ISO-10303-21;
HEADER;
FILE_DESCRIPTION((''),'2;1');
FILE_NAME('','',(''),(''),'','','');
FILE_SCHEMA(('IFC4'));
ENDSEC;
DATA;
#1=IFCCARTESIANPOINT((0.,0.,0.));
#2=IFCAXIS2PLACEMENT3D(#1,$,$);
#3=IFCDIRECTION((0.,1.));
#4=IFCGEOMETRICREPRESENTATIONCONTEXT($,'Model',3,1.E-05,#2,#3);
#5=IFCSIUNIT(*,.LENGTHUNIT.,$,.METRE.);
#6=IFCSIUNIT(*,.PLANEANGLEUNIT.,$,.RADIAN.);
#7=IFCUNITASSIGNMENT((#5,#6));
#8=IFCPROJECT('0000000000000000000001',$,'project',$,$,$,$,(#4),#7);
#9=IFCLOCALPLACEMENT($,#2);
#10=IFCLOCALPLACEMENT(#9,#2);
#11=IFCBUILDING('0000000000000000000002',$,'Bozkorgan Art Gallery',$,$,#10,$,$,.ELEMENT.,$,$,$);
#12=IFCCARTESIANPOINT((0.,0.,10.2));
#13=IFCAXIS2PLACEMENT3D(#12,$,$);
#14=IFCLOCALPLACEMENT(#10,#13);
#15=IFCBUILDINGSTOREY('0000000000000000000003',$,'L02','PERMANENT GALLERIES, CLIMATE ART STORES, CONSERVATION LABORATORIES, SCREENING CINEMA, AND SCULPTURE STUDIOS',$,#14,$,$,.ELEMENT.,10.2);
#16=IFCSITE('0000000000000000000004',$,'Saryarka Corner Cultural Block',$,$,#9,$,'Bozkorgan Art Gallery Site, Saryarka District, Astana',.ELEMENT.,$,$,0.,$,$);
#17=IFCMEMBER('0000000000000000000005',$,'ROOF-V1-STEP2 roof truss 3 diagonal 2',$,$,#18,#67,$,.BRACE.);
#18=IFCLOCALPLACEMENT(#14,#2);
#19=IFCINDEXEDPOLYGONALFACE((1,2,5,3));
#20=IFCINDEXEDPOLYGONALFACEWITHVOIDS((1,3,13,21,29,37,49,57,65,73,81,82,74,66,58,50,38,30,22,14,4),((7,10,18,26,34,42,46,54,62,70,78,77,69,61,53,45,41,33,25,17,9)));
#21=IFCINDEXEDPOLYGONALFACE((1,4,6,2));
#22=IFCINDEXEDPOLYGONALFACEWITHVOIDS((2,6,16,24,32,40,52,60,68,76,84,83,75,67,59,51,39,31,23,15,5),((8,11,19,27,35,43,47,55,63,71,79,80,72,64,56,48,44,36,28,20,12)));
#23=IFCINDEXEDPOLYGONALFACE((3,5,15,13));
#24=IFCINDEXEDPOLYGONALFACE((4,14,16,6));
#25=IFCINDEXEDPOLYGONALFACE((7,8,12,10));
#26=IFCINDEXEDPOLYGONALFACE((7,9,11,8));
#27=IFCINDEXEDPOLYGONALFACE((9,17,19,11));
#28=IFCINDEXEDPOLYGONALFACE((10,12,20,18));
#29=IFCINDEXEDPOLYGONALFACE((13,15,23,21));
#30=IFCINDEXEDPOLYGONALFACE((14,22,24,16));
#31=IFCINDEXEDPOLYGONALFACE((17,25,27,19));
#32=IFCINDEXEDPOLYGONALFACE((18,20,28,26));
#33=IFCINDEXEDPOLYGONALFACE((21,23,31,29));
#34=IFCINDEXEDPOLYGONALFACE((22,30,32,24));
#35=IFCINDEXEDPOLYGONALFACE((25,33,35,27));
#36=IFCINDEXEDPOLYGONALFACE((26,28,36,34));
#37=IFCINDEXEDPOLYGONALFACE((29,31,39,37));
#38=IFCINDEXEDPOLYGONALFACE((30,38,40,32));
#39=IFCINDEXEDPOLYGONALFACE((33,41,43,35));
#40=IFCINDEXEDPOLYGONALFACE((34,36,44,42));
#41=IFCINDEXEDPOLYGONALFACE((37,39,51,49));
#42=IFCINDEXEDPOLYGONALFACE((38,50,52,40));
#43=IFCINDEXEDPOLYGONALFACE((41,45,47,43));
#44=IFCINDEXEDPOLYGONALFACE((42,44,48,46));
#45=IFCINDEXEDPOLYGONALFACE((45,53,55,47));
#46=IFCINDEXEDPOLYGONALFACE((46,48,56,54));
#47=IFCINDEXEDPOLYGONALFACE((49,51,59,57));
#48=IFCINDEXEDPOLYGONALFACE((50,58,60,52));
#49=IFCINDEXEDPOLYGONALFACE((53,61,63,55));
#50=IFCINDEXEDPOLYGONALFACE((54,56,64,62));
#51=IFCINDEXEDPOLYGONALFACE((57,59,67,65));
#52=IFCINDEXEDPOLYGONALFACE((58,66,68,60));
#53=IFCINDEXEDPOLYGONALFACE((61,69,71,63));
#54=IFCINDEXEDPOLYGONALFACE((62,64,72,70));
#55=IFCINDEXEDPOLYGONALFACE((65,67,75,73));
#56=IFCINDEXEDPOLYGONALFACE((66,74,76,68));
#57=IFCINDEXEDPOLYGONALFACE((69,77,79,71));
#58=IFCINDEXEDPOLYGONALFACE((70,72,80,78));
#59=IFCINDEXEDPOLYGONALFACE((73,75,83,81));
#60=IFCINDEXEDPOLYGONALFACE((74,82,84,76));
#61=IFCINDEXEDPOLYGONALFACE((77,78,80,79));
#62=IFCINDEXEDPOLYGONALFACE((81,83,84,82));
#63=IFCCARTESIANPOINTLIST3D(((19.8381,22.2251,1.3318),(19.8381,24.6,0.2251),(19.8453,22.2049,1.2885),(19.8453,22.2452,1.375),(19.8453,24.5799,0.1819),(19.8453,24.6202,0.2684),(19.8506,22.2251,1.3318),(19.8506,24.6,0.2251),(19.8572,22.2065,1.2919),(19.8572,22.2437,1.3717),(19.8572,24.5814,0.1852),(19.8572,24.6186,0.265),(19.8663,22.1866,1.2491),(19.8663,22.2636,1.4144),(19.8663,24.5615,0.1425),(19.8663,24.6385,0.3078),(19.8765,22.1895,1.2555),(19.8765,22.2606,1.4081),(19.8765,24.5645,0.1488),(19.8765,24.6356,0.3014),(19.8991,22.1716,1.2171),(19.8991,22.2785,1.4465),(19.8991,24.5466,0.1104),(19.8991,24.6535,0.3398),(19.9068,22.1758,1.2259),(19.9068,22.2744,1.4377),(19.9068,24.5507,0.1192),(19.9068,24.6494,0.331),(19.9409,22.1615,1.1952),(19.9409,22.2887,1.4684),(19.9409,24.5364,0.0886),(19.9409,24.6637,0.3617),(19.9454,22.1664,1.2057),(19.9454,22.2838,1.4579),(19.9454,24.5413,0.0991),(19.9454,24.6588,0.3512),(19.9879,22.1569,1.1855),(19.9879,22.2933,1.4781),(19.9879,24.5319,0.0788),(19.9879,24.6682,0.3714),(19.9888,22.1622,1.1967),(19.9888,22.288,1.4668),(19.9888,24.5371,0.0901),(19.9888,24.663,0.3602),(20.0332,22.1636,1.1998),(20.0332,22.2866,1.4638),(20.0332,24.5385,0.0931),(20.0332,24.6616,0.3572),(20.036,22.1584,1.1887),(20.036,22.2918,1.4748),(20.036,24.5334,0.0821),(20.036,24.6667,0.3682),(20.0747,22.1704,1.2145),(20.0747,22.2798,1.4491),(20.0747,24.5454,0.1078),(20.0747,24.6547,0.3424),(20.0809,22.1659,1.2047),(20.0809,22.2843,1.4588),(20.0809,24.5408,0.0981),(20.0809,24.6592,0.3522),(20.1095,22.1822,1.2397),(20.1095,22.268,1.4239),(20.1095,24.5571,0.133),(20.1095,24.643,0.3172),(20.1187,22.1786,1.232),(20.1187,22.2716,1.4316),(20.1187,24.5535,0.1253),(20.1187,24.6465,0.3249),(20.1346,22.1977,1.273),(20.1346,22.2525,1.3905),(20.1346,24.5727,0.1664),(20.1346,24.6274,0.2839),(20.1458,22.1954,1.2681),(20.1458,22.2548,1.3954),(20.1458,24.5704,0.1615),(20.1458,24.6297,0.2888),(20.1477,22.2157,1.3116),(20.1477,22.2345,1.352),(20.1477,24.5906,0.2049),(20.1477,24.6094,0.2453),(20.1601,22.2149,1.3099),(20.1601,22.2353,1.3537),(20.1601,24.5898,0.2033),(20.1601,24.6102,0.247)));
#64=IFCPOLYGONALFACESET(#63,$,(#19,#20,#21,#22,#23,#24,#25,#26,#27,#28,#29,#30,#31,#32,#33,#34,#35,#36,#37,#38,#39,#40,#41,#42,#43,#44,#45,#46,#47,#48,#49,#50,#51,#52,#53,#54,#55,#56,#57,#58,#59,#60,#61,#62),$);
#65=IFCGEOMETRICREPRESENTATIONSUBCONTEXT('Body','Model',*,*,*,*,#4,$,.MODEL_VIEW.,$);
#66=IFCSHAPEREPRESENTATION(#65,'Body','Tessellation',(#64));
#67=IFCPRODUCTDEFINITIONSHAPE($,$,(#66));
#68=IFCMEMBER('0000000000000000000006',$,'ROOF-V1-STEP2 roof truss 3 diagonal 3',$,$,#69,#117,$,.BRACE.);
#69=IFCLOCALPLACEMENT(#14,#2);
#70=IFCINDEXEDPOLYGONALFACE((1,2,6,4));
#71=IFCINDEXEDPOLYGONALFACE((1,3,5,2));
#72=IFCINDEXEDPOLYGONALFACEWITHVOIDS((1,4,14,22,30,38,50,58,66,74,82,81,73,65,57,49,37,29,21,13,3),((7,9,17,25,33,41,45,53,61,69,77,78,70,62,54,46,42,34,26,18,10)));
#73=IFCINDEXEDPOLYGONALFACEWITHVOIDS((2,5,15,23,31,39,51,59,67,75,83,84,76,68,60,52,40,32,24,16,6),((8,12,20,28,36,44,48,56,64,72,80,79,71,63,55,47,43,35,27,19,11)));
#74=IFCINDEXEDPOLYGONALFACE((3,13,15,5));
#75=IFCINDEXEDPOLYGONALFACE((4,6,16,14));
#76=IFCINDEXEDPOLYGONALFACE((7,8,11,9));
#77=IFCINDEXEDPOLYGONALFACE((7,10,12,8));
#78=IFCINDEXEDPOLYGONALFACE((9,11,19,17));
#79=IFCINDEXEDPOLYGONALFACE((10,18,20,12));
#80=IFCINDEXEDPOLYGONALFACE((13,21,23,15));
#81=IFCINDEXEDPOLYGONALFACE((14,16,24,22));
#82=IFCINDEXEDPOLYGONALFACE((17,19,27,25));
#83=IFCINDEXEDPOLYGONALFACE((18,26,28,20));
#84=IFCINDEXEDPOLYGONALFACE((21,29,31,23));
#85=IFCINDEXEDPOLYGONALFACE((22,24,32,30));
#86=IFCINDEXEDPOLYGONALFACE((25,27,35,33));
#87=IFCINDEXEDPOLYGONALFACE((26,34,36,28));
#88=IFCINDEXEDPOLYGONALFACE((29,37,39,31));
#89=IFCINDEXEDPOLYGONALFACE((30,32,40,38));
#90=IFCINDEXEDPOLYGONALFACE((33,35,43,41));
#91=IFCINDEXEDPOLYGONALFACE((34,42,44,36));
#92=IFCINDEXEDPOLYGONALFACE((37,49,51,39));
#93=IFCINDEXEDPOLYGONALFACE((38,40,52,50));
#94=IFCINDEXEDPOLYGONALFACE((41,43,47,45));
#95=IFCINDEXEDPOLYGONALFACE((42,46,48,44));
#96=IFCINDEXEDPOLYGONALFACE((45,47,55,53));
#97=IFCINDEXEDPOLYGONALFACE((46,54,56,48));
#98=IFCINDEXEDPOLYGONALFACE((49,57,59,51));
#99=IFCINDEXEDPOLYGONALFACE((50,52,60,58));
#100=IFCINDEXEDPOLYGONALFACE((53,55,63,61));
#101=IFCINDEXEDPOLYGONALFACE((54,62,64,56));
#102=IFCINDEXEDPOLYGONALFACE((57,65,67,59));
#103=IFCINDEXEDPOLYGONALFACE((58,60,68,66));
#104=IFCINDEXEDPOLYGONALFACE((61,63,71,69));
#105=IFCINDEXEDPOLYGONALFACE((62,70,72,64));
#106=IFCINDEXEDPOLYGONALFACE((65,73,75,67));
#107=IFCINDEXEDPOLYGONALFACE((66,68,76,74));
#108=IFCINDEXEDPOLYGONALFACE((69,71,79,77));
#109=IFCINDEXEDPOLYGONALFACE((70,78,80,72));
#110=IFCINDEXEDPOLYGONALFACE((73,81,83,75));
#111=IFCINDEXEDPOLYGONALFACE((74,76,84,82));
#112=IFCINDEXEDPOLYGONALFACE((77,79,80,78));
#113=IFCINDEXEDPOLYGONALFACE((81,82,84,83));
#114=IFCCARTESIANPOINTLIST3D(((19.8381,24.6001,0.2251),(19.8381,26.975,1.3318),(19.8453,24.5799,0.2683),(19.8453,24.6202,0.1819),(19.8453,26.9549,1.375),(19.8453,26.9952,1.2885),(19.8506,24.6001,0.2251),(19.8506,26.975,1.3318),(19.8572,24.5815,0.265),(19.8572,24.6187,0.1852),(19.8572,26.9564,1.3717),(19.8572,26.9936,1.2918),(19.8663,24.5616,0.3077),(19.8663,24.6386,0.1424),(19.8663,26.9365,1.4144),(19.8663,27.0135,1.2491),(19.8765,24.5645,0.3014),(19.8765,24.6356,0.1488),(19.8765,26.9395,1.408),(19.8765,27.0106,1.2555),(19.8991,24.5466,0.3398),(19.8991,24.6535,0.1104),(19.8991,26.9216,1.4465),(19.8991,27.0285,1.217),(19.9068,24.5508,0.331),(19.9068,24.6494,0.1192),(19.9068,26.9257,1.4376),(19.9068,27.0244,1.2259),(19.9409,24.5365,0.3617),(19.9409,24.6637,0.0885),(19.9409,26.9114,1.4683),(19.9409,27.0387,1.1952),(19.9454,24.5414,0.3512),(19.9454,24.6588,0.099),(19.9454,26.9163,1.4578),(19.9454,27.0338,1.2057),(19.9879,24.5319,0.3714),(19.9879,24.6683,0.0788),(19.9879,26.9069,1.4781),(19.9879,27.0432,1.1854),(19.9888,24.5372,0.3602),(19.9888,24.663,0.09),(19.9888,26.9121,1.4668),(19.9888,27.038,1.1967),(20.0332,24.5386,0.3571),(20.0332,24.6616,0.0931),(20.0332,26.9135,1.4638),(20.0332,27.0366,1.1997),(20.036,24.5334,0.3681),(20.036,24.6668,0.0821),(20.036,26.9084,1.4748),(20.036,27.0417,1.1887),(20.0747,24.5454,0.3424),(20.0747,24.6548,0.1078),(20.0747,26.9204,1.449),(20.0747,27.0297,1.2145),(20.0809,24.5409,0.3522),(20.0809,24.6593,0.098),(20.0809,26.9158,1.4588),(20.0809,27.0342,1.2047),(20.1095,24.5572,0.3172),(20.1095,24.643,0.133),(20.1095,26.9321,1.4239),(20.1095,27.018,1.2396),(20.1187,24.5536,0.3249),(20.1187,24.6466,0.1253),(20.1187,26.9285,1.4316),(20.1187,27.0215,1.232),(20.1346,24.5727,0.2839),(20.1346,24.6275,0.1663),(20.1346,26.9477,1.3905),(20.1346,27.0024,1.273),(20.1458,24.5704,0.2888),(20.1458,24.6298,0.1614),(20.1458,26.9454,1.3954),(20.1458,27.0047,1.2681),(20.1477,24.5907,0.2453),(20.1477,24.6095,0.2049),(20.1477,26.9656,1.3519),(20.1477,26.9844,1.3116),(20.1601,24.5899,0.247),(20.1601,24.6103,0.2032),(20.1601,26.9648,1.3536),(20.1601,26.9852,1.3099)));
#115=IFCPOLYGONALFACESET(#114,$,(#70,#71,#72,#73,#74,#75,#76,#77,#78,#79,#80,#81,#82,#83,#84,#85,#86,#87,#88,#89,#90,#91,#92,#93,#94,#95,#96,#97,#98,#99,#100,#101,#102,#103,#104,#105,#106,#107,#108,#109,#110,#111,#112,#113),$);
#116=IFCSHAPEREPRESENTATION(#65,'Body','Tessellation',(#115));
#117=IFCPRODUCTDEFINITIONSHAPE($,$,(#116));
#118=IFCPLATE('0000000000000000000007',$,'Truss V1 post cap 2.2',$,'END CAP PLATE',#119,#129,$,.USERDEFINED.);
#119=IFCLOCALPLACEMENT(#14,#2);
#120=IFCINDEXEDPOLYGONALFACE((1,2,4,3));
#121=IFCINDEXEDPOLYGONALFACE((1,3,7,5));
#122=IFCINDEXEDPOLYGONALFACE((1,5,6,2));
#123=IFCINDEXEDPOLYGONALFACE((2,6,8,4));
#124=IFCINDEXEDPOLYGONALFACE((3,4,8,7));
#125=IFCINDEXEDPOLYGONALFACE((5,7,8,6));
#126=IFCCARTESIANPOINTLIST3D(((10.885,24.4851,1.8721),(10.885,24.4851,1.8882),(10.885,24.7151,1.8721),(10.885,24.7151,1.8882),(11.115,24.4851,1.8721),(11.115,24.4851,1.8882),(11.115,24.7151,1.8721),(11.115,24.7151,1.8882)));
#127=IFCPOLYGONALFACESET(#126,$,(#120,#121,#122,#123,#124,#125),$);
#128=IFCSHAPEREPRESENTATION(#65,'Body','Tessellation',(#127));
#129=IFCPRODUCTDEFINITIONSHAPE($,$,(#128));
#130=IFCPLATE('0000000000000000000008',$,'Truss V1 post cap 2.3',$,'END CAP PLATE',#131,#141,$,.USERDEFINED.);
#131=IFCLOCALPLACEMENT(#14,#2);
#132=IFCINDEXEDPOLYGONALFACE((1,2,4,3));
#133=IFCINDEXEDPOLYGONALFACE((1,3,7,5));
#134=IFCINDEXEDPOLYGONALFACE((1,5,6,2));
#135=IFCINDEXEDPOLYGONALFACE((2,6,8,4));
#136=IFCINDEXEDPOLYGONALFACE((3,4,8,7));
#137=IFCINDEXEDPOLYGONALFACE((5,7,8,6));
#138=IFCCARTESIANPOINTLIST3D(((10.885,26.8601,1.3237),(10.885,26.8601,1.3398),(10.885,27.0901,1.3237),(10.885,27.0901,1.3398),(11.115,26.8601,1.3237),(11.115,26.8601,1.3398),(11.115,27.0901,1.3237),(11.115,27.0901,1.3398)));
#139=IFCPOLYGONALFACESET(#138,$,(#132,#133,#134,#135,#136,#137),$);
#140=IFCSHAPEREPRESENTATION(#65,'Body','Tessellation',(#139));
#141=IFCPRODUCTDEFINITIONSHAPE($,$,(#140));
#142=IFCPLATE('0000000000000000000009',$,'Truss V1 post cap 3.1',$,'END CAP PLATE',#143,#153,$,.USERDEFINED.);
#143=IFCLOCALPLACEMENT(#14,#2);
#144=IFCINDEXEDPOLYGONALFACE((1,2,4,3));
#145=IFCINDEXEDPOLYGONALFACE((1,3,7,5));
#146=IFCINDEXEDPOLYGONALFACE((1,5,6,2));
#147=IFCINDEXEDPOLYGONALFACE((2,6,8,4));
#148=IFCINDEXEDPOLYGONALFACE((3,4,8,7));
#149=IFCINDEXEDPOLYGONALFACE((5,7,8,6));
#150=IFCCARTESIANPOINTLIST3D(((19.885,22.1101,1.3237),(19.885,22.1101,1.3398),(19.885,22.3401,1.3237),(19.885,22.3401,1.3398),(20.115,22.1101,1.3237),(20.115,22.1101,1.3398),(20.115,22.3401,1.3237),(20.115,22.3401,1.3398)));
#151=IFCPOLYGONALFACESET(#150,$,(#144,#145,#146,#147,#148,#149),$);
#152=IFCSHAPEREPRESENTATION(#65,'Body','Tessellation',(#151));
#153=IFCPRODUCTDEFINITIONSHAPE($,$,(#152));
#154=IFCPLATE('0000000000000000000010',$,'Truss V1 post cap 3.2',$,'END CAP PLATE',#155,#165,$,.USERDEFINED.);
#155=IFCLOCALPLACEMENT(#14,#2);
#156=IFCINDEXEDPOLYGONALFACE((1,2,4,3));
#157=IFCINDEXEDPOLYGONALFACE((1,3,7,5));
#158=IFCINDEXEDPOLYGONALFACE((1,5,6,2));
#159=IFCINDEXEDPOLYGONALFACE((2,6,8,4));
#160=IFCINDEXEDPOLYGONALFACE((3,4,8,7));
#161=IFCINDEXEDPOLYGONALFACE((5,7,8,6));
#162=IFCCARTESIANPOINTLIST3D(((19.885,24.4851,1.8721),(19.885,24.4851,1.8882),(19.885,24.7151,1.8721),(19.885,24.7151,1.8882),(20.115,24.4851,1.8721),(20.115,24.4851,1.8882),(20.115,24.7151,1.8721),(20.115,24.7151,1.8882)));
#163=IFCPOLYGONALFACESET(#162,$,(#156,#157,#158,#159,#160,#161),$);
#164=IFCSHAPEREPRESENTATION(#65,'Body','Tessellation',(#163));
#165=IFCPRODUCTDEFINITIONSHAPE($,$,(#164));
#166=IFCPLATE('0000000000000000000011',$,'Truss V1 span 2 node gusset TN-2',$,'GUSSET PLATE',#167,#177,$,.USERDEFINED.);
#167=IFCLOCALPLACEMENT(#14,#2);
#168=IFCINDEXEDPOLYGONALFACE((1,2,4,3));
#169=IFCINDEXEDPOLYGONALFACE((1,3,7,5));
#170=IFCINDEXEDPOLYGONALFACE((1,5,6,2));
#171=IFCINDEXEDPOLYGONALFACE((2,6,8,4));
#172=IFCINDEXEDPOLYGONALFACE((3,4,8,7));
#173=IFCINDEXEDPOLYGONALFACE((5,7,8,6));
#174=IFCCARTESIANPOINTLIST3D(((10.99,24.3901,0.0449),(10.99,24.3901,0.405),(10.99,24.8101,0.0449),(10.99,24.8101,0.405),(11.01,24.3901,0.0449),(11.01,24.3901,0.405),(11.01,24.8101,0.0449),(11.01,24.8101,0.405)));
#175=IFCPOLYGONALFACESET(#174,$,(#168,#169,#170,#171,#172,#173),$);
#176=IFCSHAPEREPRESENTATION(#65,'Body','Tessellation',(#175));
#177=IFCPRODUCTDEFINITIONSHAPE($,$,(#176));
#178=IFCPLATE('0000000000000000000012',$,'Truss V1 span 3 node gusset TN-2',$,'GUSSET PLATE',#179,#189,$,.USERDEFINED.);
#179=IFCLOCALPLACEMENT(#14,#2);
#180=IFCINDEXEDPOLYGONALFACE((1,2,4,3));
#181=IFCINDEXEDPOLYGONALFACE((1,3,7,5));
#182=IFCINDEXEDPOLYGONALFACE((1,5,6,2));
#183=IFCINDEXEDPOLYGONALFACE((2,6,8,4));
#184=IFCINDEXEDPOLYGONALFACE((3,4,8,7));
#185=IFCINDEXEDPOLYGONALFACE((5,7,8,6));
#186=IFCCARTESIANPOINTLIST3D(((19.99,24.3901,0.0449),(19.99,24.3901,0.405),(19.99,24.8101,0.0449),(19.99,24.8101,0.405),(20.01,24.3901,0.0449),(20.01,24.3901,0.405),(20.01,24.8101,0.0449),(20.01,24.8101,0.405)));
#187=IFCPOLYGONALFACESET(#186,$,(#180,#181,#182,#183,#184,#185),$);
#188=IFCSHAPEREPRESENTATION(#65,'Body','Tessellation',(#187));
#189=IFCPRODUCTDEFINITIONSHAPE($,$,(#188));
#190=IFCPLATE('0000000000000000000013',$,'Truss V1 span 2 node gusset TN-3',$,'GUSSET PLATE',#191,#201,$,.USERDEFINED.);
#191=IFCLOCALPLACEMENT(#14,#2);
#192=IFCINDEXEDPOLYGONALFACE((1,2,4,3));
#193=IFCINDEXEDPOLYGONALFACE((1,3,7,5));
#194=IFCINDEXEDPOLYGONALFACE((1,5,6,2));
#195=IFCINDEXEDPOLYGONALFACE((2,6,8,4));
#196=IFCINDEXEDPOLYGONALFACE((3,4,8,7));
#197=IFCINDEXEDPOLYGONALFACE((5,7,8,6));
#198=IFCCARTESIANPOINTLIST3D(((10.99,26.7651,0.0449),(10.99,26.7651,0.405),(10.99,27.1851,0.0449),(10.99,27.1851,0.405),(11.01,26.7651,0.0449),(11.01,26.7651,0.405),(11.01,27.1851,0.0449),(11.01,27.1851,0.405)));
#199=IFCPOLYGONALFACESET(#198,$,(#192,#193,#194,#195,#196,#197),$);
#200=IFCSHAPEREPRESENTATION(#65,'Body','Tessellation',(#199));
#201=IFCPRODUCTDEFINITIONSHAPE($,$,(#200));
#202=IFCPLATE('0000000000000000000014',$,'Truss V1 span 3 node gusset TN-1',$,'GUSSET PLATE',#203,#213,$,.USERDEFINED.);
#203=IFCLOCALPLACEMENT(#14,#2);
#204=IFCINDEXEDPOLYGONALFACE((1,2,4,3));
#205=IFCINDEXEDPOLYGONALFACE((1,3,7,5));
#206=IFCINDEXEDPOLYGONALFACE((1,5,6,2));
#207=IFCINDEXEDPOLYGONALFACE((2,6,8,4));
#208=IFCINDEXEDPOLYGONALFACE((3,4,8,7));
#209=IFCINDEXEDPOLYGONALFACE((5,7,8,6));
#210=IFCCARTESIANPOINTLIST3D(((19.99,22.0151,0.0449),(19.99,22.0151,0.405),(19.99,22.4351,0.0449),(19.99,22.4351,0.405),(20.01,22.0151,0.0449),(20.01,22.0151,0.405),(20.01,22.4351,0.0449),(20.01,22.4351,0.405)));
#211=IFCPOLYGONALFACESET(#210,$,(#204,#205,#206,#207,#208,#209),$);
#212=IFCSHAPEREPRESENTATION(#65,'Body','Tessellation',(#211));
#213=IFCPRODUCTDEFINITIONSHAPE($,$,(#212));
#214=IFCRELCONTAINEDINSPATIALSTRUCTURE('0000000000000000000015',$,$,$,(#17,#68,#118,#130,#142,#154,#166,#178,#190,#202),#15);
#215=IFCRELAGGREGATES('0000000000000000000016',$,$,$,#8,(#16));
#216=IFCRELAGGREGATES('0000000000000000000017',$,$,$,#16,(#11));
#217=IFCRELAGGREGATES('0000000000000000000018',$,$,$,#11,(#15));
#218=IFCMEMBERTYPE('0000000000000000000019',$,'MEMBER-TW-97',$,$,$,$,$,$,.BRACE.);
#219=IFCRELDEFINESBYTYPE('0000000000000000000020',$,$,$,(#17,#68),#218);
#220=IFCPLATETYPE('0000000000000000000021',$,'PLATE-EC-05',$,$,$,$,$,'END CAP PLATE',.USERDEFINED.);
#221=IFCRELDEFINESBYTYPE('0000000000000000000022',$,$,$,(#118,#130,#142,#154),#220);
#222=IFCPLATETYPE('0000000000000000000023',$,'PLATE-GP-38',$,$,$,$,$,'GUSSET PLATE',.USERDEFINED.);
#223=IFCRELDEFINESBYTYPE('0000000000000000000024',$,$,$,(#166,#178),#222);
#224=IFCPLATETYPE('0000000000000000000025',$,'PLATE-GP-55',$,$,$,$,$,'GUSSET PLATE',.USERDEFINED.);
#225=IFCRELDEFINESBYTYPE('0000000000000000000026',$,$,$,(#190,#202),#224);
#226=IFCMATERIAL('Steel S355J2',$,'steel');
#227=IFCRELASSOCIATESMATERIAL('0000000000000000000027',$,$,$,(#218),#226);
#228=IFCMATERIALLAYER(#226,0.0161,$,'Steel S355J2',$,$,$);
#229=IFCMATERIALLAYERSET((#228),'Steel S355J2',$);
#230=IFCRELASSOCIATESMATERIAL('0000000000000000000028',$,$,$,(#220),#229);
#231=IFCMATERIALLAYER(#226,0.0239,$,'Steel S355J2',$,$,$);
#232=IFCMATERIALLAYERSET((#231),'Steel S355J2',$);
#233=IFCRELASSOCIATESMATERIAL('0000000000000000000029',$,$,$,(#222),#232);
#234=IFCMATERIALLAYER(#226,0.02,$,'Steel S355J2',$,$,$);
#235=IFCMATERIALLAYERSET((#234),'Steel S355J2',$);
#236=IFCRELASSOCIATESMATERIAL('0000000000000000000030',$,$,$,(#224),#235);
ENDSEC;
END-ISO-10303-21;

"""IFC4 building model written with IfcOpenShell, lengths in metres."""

from ifc_helpers import new_model, si_unit, direction, frame, origin, origin_2d, place, context, subcontext, project, spatial, rectangle, hollow_circle, extrude, material, layer, layer_set, material_profile, profile_set, type_object, element, save


model = new_model("IFC4")

# Units and contexts
model_context = context("Model", 3, precision=1e-05, world=origin(), true_north=direction((0.0, 1.0)))
body_context = subcontext(model_context, "Body", "Model", "MODEL_VIEW")
ifc_project = project(units=[si_unit("LENGTHUNIT", "METRE"), si_unit("PLANEANGLEUNIT", "RADIAN")], contexts=[model_context])

# Site, building, storey
site_placement = place(None, origin())
site = spatial("IfcSite", under=ifc_project, at=site_placement, Name="Saryarka Corner Cultural Block", LongName="Bozkorgan Art Gallery Site, Saryarka District, Astana", CompositionType="ELEMENT", RefElevation=0.0)
building_placement = place(site_placement, origin())
building = spatial("IfcBuilding", under=site, at=building_placement, Name="Bozkorgan Art Gallery", CompositionType="ELEMENT")
storey_placement = place(building_placement, frame((0.0, 0.0, 10.2)))
storey = spatial("IfcBuildingStorey", under=building, at=storey_placement, Name="L02", Description="PERMANENT GALLERIES, CLIMATE ART STORES, CONSERVATION LABORATORIES, SCREENING CINEMA, AND SCULPTURE STUDIOS", CompositionType="ELEMENT", Elevation=10.2)

# Members
ifc_material_1 = material(Name="Steel S355J2", Category="steel")
ifc_material_profile_1 = material_profile(ifc_material_1, hollow_circle(Radius=0.1619, WallThickness=0.0125, at=origin_2d()), Name="CHS 323.9x12.5")
ifc_profile_set_1 = profile_set([ifc_material_profile_1], Name="Steel S355J2")
member_type_1 = type_object("IfcMemberType", Name="MEMBER-TW-97", PredefinedType="BRACE", material=ifc_profile_set_1)
for number, where, z_axis, x_axis, name in (
    (1, (20.0, 22.2251, 1.3318), (0.0, 0.906423, -0.42237), (-1.0, 0.0, 0.0), "ROOF-V1-STEP2 roof truss 3 diagonal 2"),
    (2, (20.0, 24.6001, 0.2251), (0.0, 0.906423, 0.42237), (-1.0, 0.0, 0.0), "ROOF-V1-STEP2 roof truss 3 diagonal 3"),
):
    element("IfcMember", number, at=place(storey_placement, frame(where, z_axis=z_axis, x_axis=x_axis)), inside=storey, type_object=member_type_1, Name=name, PredefinedType="BRACE", context=body_context, shape_type="SweptSolid", body=[
        extrude(hollow_circle(Radius=0.1619, WallThickness=0.0125, at=origin_2d()), origin(), (0.0, 0.0, 1.0), 2.6201),
    ])

# Plates
ifc_layer_1 = layer(ifc_material_1, 0.0161, Name="Steel S355J2")
ifc_layer_set_1 = layer_set([ifc_layer_1], Name="Steel S355J2")
plate_type_1 = type_object("IfcPlateType", Name="PLATE-EC-05", ElementType="END CAP PLATE", PredefinedType="USERDEFINED", material=ifc_layer_set_1)
for number, where, z_axis, x_axis, name in (
    (3, (11.0, 24.6001, 1.8721), (0.0, 0.0, 1.0), (1.0, 0.0, 0.0), "Truss V1 post cap 2.2"),
    (4, (11.0, 26.9751, 1.3237), (0.0, 0.0, 1.0), (1.0, 0.0, 0.0), "Truss V1 post cap 2.3"),
    (5, (20.0, 22.2251, 1.3237), (0.0, 0.0, 1.0), (1.0, 0.0, 0.0), "Truss V1 post cap 3.1"),
    (6, (20.0, 24.6001, 1.8721), (0.0, 0.0, 1.0), (1.0, 0.0, 0.0), "Truss V1 post cap 3.2"),
):
    element("IfcPlate", number, at=place(storey_placement, frame(where, z_axis=z_axis, x_axis=x_axis)), inside=storey, type_object=plate_type_1, Name=name, ObjectType="END CAP PLATE", PredefinedType="USERDEFINED", context=body_context, shape_type="SweptSolid", body=[
        extrude(rectangle(XDim=0.23, YDim=0.23, at=origin_2d()), origin(), (0.0, 0.0, 1.0), 0.0161),
    ])
ifc_layer_2 = layer(ifc_material_1, 0.0239, Name="Steel S355J2")
ifc_layer_set_2 = layer_set([ifc_layer_2], Name="Steel S355J2")
plate_type_2 = type_object("IfcPlateType", Name="PLATE-GP-38", ElementType="GUSSET PLATE", PredefinedType="USERDEFINED", material=ifc_layer_set_2)
for number, where, z_axis, x_axis, name in (
    (7, (11.0, 24.6001, 0.0449), (0.0, 0.0, 1.0), (1.0, 0.0, 0.0), "Truss V1 span 2 node gusset TN-2"),
    (8, (20.0, 24.6001, 0.0449), (0.0, 0.0, 1.0), (1.0, 0.0, 0.0), "Truss V1 span 3 node gusset TN-2"),
):
    element("IfcPlate", number, at=place(storey_placement, frame(where, z_axis=z_axis, x_axis=x_axis)), inside=storey, type_object=plate_type_2, Name=name, ObjectType="GUSSET PLATE", PredefinedType="USERDEFINED", context=body_context, shape_type="SweptSolid", body=[
        extrude(rectangle(XDim=0.02, YDim=0.4199, at=origin_2d()), origin(), (0.0, 0.0, 1.0), 0.3601),
    ])
ifc_layer_3 = layer(ifc_material_1, 0.02, Name="Steel S355J2")
ifc_layer_set_3 = layer_set([ifc_layer_3], Name="Steel S355J2")
plate_type_3 = type_object("IfcPlateType", Name="PLATE-GP-55", ElementType="GUSSET PLATE", PredefinedType="USERDEFINED", material=ifc_layer_set_3)
for number, where, z_axis, x_axis, name in (
    (9, (11.0, 26.9751, 0.0449), (0.0, 0.0, 1.0), (1.0, 0.0, 0.0), "Truss V1 span 2 node gusset TN-3"),
    (10, (20.0, 22.2251, 0.0449), (0.0, 0.0, 1.0), (1.0, 0.0, 0.0), "Truss V1 span 3 node gusset TN-1"),
):
    element("IfcPlate", number, at=place(storey_placement, frame(where, z_axis=z_axis, x_axis=x_axis)), inside=storey, type_object=plate_type_3, Name=name, ObjectType="GUSSET PLATE", PredefinedType="USERDEFINED", context=body_context, shape_type="SweptSolid", body=[
        extrude(rectangle(XDim=0.02, YDim=0.4199, at=origin_2d()), origin(), (0.0, 0.0, 1.0), 0.3601),
    ])

save(model, "model.ifc")
